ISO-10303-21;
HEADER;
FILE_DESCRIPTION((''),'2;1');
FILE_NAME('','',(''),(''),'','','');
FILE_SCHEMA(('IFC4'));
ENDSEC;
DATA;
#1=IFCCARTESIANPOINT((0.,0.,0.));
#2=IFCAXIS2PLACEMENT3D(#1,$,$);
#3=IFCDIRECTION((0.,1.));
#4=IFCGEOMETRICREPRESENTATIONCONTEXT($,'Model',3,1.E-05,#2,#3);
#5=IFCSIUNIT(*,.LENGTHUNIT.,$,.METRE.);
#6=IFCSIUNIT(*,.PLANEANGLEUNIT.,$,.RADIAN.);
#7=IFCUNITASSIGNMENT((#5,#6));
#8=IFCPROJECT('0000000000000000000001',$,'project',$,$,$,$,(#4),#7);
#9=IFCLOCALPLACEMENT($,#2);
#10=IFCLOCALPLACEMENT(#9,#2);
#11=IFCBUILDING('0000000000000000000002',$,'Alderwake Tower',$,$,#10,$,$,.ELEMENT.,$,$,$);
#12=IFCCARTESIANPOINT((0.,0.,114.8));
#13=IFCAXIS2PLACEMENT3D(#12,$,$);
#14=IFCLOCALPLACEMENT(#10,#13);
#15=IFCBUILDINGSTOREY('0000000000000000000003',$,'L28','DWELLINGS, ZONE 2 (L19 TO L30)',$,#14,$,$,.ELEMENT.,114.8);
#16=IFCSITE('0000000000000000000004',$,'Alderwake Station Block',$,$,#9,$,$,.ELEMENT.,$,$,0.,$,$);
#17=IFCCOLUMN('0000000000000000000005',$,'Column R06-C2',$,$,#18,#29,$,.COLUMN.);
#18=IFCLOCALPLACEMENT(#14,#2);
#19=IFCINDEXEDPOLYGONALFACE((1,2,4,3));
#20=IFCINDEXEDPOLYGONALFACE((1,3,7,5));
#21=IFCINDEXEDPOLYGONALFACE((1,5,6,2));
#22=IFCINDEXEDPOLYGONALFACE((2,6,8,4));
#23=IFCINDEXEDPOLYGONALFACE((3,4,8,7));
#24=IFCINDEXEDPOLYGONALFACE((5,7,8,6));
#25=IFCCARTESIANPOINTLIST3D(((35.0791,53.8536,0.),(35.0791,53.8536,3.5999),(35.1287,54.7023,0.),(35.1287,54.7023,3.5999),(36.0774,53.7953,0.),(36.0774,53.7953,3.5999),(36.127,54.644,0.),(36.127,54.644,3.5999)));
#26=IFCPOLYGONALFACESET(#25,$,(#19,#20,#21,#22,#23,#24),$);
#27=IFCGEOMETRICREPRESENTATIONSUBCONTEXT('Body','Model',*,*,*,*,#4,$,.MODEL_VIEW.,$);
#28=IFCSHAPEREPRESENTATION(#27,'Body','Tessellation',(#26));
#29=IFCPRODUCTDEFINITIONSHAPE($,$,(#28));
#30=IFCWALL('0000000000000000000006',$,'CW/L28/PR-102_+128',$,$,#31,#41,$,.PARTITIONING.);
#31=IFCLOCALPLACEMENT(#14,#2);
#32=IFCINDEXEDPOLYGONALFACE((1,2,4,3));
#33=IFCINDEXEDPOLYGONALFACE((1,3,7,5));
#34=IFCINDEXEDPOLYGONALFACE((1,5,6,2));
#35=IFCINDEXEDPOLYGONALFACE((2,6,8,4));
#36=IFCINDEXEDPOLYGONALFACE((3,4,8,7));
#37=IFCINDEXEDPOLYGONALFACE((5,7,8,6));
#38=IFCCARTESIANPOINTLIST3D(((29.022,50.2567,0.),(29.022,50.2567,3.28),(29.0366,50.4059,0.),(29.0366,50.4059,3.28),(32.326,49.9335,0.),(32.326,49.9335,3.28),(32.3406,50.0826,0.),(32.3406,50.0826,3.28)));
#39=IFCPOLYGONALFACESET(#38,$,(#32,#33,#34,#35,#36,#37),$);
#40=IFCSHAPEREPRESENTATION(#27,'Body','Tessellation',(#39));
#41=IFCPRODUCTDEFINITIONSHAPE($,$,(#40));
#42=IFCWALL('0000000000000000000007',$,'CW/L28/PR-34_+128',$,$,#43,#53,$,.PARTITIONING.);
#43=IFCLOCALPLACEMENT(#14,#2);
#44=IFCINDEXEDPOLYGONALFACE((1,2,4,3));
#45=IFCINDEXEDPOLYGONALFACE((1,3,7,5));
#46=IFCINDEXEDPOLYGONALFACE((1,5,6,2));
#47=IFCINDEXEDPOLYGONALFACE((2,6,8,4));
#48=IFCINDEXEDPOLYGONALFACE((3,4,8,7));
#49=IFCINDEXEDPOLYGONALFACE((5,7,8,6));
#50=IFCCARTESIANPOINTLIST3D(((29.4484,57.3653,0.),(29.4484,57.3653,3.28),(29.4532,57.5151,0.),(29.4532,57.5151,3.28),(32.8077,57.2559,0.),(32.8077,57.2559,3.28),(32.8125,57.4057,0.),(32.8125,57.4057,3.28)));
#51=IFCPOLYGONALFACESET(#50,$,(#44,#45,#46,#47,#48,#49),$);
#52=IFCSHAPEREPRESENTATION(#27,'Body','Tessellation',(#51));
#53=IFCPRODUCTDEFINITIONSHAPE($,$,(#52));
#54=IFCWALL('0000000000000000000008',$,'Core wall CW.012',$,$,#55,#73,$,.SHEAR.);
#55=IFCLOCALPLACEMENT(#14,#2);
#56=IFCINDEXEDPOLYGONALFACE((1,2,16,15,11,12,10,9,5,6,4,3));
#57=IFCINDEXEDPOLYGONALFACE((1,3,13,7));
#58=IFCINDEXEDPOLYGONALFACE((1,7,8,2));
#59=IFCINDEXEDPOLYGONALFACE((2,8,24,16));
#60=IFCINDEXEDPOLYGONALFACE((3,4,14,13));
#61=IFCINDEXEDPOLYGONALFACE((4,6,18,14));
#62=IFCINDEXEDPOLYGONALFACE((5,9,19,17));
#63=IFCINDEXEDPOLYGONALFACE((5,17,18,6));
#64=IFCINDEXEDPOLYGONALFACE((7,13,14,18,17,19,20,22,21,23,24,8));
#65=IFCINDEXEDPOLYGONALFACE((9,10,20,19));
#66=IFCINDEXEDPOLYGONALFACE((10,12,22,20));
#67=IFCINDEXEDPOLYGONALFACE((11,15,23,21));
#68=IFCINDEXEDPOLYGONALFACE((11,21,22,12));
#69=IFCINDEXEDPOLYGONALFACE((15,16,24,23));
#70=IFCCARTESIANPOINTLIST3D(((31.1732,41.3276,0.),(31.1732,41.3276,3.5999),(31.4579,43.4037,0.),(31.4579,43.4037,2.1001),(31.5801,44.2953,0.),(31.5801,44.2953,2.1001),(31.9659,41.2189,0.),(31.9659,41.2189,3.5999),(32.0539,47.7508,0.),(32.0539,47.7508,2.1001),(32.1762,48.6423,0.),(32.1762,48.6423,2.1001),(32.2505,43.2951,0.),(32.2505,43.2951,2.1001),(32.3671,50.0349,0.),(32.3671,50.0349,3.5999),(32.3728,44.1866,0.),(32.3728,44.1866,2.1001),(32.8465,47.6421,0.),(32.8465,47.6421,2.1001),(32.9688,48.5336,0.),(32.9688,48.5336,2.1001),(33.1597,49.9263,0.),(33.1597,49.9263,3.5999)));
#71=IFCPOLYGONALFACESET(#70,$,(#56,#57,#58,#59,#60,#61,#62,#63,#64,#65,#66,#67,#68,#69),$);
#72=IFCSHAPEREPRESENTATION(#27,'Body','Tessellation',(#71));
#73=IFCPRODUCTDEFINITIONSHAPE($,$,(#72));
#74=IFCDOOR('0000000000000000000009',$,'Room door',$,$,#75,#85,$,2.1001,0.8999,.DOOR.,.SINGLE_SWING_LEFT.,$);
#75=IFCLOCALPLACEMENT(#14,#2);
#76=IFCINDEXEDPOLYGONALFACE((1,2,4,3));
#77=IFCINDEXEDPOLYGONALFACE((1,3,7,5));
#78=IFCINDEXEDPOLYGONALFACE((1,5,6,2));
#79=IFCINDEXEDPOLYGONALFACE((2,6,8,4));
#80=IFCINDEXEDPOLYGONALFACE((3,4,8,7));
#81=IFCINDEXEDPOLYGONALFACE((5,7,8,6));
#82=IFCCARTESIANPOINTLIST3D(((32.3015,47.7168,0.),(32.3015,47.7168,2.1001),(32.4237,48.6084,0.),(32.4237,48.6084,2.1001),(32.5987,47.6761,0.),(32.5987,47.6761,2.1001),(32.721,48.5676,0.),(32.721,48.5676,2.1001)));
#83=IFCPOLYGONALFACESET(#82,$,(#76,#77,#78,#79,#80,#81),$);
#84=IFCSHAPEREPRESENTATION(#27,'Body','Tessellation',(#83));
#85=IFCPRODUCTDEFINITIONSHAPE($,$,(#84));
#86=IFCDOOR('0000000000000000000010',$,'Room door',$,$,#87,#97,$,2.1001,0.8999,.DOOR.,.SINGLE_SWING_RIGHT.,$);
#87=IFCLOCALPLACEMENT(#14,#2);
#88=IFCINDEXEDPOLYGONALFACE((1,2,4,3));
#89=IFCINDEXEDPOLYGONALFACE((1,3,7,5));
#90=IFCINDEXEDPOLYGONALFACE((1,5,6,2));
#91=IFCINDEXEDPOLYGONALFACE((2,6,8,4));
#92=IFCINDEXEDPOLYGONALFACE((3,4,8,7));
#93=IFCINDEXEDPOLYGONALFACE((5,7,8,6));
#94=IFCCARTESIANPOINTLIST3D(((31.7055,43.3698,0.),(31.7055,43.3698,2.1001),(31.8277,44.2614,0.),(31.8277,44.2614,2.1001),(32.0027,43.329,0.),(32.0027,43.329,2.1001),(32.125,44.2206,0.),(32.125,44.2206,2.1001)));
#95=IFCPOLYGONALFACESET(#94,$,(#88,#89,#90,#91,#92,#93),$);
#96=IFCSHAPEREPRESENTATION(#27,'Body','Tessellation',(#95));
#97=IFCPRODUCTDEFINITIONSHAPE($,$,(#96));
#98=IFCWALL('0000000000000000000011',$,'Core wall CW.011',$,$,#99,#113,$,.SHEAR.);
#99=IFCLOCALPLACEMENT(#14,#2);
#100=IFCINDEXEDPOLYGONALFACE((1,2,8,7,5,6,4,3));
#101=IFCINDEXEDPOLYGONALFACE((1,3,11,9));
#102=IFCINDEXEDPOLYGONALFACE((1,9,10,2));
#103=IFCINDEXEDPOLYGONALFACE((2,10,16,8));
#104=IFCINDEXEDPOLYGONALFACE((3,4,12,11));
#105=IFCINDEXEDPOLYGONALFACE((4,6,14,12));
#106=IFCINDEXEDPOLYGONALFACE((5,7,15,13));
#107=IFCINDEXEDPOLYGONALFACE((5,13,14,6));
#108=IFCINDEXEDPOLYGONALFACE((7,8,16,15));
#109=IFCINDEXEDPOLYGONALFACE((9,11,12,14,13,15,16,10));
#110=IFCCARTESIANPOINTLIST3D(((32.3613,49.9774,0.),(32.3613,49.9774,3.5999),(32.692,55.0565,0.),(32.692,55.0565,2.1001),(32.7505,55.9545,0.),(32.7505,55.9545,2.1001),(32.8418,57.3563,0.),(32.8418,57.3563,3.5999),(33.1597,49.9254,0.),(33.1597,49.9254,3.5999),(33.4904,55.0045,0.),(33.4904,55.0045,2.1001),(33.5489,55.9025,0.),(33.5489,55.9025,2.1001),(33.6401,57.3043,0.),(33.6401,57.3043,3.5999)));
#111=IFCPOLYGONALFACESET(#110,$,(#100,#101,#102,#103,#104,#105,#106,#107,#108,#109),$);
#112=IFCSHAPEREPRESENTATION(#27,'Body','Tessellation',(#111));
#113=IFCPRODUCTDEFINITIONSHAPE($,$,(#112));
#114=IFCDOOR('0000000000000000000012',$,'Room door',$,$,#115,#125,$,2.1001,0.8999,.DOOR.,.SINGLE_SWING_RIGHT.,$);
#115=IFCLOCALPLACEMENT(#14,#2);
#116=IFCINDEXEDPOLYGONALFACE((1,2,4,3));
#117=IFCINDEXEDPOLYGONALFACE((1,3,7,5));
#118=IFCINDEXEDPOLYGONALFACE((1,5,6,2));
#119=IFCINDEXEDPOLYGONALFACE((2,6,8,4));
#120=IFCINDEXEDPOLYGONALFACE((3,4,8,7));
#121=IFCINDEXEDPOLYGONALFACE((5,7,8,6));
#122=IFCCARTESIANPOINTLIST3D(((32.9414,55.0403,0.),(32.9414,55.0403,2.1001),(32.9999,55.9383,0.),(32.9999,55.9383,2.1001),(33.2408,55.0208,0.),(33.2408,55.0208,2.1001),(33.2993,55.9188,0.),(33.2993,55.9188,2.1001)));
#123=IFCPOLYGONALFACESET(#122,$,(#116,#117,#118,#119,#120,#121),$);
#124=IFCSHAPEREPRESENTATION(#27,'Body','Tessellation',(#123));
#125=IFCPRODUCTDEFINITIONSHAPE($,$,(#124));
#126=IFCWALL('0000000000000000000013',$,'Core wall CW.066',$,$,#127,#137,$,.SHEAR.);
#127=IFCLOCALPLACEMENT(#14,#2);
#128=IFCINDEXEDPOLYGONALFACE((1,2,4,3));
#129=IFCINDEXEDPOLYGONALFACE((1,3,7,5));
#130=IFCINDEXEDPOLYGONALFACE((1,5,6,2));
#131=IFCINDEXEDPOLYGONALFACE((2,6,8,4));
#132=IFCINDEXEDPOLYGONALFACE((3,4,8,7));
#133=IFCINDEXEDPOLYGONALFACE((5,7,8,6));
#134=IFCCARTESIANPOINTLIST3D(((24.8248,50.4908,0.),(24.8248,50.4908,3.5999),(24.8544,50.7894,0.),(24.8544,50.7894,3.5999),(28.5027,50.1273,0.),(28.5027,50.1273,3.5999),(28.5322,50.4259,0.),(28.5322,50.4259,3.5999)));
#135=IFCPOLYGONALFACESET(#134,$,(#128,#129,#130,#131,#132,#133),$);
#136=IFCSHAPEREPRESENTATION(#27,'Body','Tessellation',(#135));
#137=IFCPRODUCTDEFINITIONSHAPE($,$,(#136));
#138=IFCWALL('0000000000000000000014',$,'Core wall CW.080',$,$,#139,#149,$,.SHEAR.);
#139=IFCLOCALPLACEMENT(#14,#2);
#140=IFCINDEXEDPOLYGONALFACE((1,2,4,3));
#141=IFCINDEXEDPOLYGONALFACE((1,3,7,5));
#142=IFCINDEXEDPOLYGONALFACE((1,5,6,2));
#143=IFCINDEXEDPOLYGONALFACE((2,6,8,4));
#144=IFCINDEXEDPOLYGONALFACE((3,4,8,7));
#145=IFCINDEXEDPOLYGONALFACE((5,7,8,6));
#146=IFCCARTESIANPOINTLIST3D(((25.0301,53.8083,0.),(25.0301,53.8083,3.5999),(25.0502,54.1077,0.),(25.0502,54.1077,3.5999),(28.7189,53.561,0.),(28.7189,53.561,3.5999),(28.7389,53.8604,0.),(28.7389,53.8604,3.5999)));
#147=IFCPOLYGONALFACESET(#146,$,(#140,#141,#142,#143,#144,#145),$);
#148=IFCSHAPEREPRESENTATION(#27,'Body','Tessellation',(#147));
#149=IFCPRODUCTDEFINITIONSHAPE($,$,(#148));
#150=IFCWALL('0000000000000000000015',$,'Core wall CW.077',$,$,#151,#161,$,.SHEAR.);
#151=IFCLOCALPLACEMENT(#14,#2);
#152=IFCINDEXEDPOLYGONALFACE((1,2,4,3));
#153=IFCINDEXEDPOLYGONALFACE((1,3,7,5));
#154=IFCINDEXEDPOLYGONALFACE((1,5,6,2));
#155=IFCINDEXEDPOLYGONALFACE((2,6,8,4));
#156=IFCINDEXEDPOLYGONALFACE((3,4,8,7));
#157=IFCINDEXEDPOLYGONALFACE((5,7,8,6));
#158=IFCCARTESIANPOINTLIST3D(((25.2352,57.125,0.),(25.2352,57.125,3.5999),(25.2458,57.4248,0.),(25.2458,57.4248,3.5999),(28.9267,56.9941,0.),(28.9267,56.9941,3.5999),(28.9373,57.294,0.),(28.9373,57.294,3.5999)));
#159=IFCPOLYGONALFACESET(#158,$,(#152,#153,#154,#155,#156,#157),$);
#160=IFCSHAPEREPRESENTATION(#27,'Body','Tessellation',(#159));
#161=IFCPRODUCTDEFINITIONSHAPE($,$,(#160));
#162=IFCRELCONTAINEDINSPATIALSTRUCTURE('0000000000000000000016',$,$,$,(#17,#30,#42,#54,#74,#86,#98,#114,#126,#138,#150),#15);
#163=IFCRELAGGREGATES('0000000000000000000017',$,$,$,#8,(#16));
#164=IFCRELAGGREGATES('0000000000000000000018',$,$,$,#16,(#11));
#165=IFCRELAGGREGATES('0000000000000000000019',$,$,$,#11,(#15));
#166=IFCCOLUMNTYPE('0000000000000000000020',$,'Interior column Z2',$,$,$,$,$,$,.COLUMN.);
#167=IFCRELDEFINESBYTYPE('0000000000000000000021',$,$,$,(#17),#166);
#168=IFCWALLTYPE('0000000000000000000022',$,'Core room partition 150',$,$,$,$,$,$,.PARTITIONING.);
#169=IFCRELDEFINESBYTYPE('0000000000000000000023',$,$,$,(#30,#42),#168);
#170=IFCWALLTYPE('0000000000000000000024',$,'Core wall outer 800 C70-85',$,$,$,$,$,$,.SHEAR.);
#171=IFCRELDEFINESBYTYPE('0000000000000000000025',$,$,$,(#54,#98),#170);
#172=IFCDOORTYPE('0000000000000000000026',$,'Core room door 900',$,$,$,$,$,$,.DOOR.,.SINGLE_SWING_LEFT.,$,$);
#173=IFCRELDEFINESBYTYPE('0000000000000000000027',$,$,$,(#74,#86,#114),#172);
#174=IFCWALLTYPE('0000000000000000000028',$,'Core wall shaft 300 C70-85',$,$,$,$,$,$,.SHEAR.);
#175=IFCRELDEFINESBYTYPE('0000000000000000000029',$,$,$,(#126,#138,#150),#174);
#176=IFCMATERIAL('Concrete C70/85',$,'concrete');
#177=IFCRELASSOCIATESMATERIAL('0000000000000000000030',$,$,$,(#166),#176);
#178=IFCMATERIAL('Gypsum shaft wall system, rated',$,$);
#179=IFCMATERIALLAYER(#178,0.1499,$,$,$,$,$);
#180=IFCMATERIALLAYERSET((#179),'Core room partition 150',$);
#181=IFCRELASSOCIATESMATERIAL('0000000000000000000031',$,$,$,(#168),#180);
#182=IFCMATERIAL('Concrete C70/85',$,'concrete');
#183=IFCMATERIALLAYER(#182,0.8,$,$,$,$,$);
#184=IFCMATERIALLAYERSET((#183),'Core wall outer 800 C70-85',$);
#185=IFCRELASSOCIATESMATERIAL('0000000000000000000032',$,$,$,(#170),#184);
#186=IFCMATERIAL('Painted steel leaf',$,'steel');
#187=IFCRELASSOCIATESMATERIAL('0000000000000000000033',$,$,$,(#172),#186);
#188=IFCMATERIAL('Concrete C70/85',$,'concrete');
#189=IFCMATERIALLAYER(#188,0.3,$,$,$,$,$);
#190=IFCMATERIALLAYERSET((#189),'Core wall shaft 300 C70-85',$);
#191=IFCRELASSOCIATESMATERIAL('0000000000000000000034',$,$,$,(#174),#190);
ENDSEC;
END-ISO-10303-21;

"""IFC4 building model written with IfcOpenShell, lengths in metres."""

from ifc_helpers import new_model, si_unit, direction, frame, frame_2d, origin, origin_2d, place, context, subcontext, project, spatial, rectangle, extrude, material, layer, layer_set, material_profile, profile_set, type_object, element, fill, save


model = new_model("IFC4")

# Units and contexts
model_context = context("Model", 3, precision=1e-05, world=origin(), true_north=direction((0.0, 1.0)))
body_context = subcontext(model_context, "Body", "Model", "MODEL_VIEW")
ifc_project = project(units=[si_unit("LENGTHUNIT", "METRE"), si_unit("PLANEANGLEUNIT", "RADIAN")], contexts=[model_context])

# Site, building, storey
site_placement = place(None, origin())
site = spatial("IfcSite", under=ifc_project, at=site_placement, Name="Alderwake Station Block", CompositionType="ELEMENT", RefElevation=0.0)
building_placement = place(site_placement, origin())
building = spatial("IfcBuilding", under=site, at=building_placement, Name="Alderwake Tower", CompositionType="ELEMENT")
storey_placement = place(building_placement, frame((0.0, 0.0, 114.8)))
storey = spatial("IfcBuildingStorey", under=building, at=storey_placement, Name="L28", Description="DWELLINGS, ZONE 2 (L19 TO L30)", CompositionType="ELEMENT", Elevation=114.8)

# Column
ifc_material_1 = material(Name="Concrete C70/85", Category="concrete")
ifc_material_profile = material_profile(ifc_material_1, rectangle(XDim=0.8501, YDim=1.0, at=origin_2d()), Name="RC 1000X850")
ifc_profile_set = profile_set([ifc_material_profile], Name="Concrete C70/85")
column_type = type_object("IfcColumnType", Name="Interior column Z2", PredefinedType="COLUMN", material=ifc_profile_set)
column_placement = place(storey_placement, frame((35.603, 54.2488, 0.0), z_axis=(0.0, 0.0, 1.0), x_axis=(0.058301, 0.998299, 0.0)))
element("IfcColumn", 1, at=column_placement, inside=storey, type_object=column_type, Name="Column R06-C2", PredefinedType="COLUMN", context=body_context, shape_type="SweptSolid", body=[
    extrude(rectangle(XDim=0.8501, YDim=1.0, at=origin_2d()), origin(), (0.0, 0.0, 1.0), 3.5999),
])

# Walls
ifc_material_2 = material(Name="Gypsum shaft wall system, rated")
ifc_layer_1 = layer(ifc_material_2, 0.1499)
ifc_layer_set_1 = layer_set([ifc_layer_1], Name="Core room partition 150")
wall_type_1 = type_object("IfcWallType", Name="Core room partition 150", PredefinedType="PARTITIONING", material=ifc_layer_set_1)
wall_1_placement = place(storey_placement, frame((29.0293, 50.3313, 0.0), z_axis=(0.0, 0.0, 1.0), x_axis=(0.995248, -0.09737, 0.0)))
element("IfcWall", 2, at=wall_1_placement, inside=storey, type_object=wall_type_1, Name="CW/L28/PR-102_+128", PredefinedType="PARTITIONING", context=body_context, shape_type="SweptSolid", body=[
    extrude(rectangle(XDim=3.3198, YDim=0.1499, at=frame_2d((1.6599, 0.0))), origin(), (0.0, 0.0, 1.0), 3.28),
])
wall_2_placement = place(storey_placement, frame((29.4507, 57.4402, 0.0), z_axis=(0.0, 0.0, 1.0), x_axis=(0.99947, -0.032541, 0.0)))
element("IfcWall", 3, at=wall_2_placement, inside=storey, type_object=wall_type_1, Name="CW/L28/PR-34_+128", PredefinedType="PARTITIONING", context=body_context, shape_type="SweptSolid", body=[
    extrude(rectangle(XDim=3.3611, YDim=0.1499, at=frame_2d((1.6807, 0.0))), origin(), (0.0, 0.0, 1.0), 3.28),
])

# Wall, openings, doors
ifc_material_3 = material(Name="Concrete C70/85", Category="concrete")
ifc_layer_2 = layer(ifc_material_3, 0.8)
ifc_layer_set_2 = layer_set([ifc_layer_2], Name="Core wall outer 800 C70-85")
wall_type_2 = type_object("IfcWallType", Name="Core wall outer 800 C70-85", PredefinedType="SHEAR", material=ifc_layer_set_2)
wall_3_placement = place(storey_placement, frame((32.7634, 49.9807, 0.0), z_axis=(0.0, 0.0, 1.0), x_axis=(-0.135838, -0.990731, 0.0)))
wall_3 = element("IfcWall", 4, at=wall_3_placement, inside=storey, type_object=wall_type_2, Name="Core wall CW.012", PredefinedType="SHEAR", context=body_context, shape_type="SweptSolid", body=[
    extrude(rectangle(XDim=8.7888, YDim=0.8, at=frame_2d((4.3945, 0.0))), origin(), (0.0, 0.0, 1.0), 3.5999),
])
opening_1_placement = place(wall_3_placement, frame((1.4058, 0.0, 0.0)))
opening_1 = element("IfcOpeningElement", 5, at=opening_1_placement, cuts=wall_3, PredefinedType="OPENING", context=body_context, shape_type="SweptSolid", body=[
    extrude(rectangle(XDim=0.8999, YDim=2.1001, at=frame_2d((0.45, 1.05))), frame((0.0, 0.4099, 0.0), z_axis=(0.0, -1.0, 0.0), x_axis=(1.0, 0.0, 0.0)), (0.0, 0.0, 1.0), 0.8201),
])
opening_2_placement = place(wall_3_placement, frame((5.7935, 0.0, 0.0)))
opening_2 = element("IfcOpeningElement", 6, at=opening_2_placement, cuts=wall_3, PredefinedType="OPENING", context=body_context, shape_type="SweptSolid", body=[
    extrude(rectangle(XDim=0.8999, YDim=2.1001, at=frame_2d((0.45, 1.05))), frame((0.0, 0.4099, 0.0), z_axis=(0.0, -1.0, 0.0), x_axis=(1.0, 0.0, 0.0)), (0.0, 0.0, 1.0), 0.8201),
])
ifc_material_4 = material(Name="Painted steel leaf", Category="steel")
door_type_1 = type_object("IfcDoorType", Name="Core room door 900", OperationType="SINGLE_SWING_LEFT", PredefinedType="DOOR", material=ifc_material_4)
door_1_placement = place(opening_1_placement, origin())
door_1 = element("IfcDoor", 7, at=door_1_placement, inside=storey, type_object=door_type_1, Name="Room door", OperationType="SINGLE_SWING_LEFT", OverallHeight=2.1001, OverallWidth=0.8999, PredefinedType="DOOR", context=body_context, shape_type="SweptSolid", body=[
    extrude(rectangle(XDim=0.8999, YDim=2.1001, at=frame_2d((0.45, 1.05))), frame((0.0, 0.1499, 0.0), z_axis=(0.0, -1.0, 0.0), x_axis=(1.0, 0.0, 0.0)), (0.0, 0.0, 1.0), 0.3),
])
fill(opening_1, door_1)
door_2_placement = place(opening_2_placement, origin())
door_2 = element("IfcDoor", 8, at=door_2_placement, inside=storey, type_object=door_type_1, Name="Room door", OperationType="SINGLE_SWING_RIGHT", OverallHeight=2.1001, OverallWidth=0.8999, PredefinedType="DOOR", context=body_context, shape_type="SweptSolid", body=[
    extrude(rectangle(XDim=0.8999, YDim=2.1001, at=frame_2d((0.45, 1.05))), frame((0.0, 0.1499, 0.0), z_axis=(0.0, -1.0, 0.0), x_axis=(1.0, 0.0, 0.0)), (0.0, 0.0, 1.0), 0.3),
])
fill(opening_2, door_2)

# Wall, opening, door
wall_4_placement = place(storey_placement, frame((33.241, 57.3303, 0.0), z_axis=(0.0, 0.0, 1.0), x_axis=(-0.064976, -0.997887, 0.0)))
wall_4 = element("IfcWall", 9, at=wall_4_placement, inside=storey, type_object=wall_type_2, Name="Core wall CW.011", PredefinedType="SHEAR", context=body_context, shape_type="SweptSolid", body=[
    extrude(rectangle(XDim=7.3945, YDim=0.8, at=frame_2d((3.6973, 0.0))), origin(), (0.0, 0.0, 1.0), 3.5999),
])
opening_3_placement = place(wall_4_placement, frame((1.4048, 0.0, 0.0)))
opening_3 = element("IfcOpeningElement", 10, at=opening_3_placement, cuts=wall_4, PredefinedType="OPENING", context=body_context, shape_type="SweptSolid", body=[
    extrude(rectangle(XDim=0.8999, YDim=2.1001, at=frame_2d((0.45, 1.05))), frame((0.0, 0.4099, 0.0), z_axis=(0.0, -1.0, 0.0), x_axis=(1.0, 0.0, 0.0)), (0.0, 0.0, 1.0), 0.8201),
])
door_3_placement = place(opening_3_placement, origin())
door_3 = element("IfcDoor", 11, at=door_3_placement, inside=storey, type_object=door_type_1, Name="Room door", OperationType="SINGLE_SWING_RIGHT", OverallHeight=2.1001, OverallWidth=0.8999, PredefinedType="DOOR", context=body_context, shape_type="SweptSolid", body=[
    extrude(rectangle(XDim=0.8999, YDim=2.1001, at=frame_2d((0.45, 1.05))), frame((0.0, 0.1499, 0.0), z_axis=(0.0, -1.0, 0.0), x_axis=(1.0, 0.0, 0.0)), (0.0, 0.0, 1.0), 0.3),
])
fill(opening_3, door_3)

# Walls
ifc_material_5 = material(Name="Concrete C70/85", Category="concrete")
ifc_layer_3 = layer(ifc_material_5, 0.3)
ifc_layer_set_3 = layer_set([ifc_layer_3], Name="Core wall shaft 300 C70-85")
wall_type_3 = type_object("IfcWallType", Name="Core wall shaft 300 C70-85", PredefinedType="SHEAR", material=ifc_layer_set_3)
wall_5_placement = place(storey_placement, frame((24.8396, 50.6401, 0.0), z_axis=(0.0, 0.0, 1.0), x_axis=(0.995151, -0.098359, 0.0)))
element("IfcWall", 12, at=wall_5_placement, inside=storey, type_object=wall_type_3, Name="Core wall CW.066", PredefinedType="SHEAR", context=body_context, shape_type="SweptSolid", body=[
    extrude(rectangle(XDim=3.6958, YDim=0.3, at=frame_2d((1.8479, 0.0))), origin(), (0.0, 0.0, 1.0), 3.5999),
])
wall_6_placement = place(storey_placement, frame((25.04, 53.958, 0.0), z_axis=(0.0, 0.0, 1.0), x_axis=(0.99776, -0.066896, 0.0)))
element("IfcWall", 13, at=wall_6_placement, inside=storey, type_object=wall_type_3, Name="Core wall CW.080", PredefinedType="SHEAR", context=body_context, shape_type="SweptSolid", body=[
    extrude(rectangle(XDim=3.697, YDim=0.3, at=frame_2d((1.8486, 0.0))), origin(), (0.0, 0.0, 1.0), 3.5999),
])
wall_7_placement = place(storey_placement, frame((25.2405, 57.2749, 0.0), z_axis=(0.0, 0.0, 1.0), x_axis=(0.999372, -0.035425, 0.0)))
element("IfcWall", 14, at=wall_7_placement, inside=storey, type_object=wall_type_3, Name="Core wall CW.077", PredefinedType="SHEAR", context=body_context, shape_type="SweptSolid", body=[
    extrude(rectangle(XDim=3.6938, YDim=0.3, at=frame_2d((1.8469, 0.0))), origin(), (0.0, 0.0, 1.0), 3.5999),
])

save(model, "model.ifc")
